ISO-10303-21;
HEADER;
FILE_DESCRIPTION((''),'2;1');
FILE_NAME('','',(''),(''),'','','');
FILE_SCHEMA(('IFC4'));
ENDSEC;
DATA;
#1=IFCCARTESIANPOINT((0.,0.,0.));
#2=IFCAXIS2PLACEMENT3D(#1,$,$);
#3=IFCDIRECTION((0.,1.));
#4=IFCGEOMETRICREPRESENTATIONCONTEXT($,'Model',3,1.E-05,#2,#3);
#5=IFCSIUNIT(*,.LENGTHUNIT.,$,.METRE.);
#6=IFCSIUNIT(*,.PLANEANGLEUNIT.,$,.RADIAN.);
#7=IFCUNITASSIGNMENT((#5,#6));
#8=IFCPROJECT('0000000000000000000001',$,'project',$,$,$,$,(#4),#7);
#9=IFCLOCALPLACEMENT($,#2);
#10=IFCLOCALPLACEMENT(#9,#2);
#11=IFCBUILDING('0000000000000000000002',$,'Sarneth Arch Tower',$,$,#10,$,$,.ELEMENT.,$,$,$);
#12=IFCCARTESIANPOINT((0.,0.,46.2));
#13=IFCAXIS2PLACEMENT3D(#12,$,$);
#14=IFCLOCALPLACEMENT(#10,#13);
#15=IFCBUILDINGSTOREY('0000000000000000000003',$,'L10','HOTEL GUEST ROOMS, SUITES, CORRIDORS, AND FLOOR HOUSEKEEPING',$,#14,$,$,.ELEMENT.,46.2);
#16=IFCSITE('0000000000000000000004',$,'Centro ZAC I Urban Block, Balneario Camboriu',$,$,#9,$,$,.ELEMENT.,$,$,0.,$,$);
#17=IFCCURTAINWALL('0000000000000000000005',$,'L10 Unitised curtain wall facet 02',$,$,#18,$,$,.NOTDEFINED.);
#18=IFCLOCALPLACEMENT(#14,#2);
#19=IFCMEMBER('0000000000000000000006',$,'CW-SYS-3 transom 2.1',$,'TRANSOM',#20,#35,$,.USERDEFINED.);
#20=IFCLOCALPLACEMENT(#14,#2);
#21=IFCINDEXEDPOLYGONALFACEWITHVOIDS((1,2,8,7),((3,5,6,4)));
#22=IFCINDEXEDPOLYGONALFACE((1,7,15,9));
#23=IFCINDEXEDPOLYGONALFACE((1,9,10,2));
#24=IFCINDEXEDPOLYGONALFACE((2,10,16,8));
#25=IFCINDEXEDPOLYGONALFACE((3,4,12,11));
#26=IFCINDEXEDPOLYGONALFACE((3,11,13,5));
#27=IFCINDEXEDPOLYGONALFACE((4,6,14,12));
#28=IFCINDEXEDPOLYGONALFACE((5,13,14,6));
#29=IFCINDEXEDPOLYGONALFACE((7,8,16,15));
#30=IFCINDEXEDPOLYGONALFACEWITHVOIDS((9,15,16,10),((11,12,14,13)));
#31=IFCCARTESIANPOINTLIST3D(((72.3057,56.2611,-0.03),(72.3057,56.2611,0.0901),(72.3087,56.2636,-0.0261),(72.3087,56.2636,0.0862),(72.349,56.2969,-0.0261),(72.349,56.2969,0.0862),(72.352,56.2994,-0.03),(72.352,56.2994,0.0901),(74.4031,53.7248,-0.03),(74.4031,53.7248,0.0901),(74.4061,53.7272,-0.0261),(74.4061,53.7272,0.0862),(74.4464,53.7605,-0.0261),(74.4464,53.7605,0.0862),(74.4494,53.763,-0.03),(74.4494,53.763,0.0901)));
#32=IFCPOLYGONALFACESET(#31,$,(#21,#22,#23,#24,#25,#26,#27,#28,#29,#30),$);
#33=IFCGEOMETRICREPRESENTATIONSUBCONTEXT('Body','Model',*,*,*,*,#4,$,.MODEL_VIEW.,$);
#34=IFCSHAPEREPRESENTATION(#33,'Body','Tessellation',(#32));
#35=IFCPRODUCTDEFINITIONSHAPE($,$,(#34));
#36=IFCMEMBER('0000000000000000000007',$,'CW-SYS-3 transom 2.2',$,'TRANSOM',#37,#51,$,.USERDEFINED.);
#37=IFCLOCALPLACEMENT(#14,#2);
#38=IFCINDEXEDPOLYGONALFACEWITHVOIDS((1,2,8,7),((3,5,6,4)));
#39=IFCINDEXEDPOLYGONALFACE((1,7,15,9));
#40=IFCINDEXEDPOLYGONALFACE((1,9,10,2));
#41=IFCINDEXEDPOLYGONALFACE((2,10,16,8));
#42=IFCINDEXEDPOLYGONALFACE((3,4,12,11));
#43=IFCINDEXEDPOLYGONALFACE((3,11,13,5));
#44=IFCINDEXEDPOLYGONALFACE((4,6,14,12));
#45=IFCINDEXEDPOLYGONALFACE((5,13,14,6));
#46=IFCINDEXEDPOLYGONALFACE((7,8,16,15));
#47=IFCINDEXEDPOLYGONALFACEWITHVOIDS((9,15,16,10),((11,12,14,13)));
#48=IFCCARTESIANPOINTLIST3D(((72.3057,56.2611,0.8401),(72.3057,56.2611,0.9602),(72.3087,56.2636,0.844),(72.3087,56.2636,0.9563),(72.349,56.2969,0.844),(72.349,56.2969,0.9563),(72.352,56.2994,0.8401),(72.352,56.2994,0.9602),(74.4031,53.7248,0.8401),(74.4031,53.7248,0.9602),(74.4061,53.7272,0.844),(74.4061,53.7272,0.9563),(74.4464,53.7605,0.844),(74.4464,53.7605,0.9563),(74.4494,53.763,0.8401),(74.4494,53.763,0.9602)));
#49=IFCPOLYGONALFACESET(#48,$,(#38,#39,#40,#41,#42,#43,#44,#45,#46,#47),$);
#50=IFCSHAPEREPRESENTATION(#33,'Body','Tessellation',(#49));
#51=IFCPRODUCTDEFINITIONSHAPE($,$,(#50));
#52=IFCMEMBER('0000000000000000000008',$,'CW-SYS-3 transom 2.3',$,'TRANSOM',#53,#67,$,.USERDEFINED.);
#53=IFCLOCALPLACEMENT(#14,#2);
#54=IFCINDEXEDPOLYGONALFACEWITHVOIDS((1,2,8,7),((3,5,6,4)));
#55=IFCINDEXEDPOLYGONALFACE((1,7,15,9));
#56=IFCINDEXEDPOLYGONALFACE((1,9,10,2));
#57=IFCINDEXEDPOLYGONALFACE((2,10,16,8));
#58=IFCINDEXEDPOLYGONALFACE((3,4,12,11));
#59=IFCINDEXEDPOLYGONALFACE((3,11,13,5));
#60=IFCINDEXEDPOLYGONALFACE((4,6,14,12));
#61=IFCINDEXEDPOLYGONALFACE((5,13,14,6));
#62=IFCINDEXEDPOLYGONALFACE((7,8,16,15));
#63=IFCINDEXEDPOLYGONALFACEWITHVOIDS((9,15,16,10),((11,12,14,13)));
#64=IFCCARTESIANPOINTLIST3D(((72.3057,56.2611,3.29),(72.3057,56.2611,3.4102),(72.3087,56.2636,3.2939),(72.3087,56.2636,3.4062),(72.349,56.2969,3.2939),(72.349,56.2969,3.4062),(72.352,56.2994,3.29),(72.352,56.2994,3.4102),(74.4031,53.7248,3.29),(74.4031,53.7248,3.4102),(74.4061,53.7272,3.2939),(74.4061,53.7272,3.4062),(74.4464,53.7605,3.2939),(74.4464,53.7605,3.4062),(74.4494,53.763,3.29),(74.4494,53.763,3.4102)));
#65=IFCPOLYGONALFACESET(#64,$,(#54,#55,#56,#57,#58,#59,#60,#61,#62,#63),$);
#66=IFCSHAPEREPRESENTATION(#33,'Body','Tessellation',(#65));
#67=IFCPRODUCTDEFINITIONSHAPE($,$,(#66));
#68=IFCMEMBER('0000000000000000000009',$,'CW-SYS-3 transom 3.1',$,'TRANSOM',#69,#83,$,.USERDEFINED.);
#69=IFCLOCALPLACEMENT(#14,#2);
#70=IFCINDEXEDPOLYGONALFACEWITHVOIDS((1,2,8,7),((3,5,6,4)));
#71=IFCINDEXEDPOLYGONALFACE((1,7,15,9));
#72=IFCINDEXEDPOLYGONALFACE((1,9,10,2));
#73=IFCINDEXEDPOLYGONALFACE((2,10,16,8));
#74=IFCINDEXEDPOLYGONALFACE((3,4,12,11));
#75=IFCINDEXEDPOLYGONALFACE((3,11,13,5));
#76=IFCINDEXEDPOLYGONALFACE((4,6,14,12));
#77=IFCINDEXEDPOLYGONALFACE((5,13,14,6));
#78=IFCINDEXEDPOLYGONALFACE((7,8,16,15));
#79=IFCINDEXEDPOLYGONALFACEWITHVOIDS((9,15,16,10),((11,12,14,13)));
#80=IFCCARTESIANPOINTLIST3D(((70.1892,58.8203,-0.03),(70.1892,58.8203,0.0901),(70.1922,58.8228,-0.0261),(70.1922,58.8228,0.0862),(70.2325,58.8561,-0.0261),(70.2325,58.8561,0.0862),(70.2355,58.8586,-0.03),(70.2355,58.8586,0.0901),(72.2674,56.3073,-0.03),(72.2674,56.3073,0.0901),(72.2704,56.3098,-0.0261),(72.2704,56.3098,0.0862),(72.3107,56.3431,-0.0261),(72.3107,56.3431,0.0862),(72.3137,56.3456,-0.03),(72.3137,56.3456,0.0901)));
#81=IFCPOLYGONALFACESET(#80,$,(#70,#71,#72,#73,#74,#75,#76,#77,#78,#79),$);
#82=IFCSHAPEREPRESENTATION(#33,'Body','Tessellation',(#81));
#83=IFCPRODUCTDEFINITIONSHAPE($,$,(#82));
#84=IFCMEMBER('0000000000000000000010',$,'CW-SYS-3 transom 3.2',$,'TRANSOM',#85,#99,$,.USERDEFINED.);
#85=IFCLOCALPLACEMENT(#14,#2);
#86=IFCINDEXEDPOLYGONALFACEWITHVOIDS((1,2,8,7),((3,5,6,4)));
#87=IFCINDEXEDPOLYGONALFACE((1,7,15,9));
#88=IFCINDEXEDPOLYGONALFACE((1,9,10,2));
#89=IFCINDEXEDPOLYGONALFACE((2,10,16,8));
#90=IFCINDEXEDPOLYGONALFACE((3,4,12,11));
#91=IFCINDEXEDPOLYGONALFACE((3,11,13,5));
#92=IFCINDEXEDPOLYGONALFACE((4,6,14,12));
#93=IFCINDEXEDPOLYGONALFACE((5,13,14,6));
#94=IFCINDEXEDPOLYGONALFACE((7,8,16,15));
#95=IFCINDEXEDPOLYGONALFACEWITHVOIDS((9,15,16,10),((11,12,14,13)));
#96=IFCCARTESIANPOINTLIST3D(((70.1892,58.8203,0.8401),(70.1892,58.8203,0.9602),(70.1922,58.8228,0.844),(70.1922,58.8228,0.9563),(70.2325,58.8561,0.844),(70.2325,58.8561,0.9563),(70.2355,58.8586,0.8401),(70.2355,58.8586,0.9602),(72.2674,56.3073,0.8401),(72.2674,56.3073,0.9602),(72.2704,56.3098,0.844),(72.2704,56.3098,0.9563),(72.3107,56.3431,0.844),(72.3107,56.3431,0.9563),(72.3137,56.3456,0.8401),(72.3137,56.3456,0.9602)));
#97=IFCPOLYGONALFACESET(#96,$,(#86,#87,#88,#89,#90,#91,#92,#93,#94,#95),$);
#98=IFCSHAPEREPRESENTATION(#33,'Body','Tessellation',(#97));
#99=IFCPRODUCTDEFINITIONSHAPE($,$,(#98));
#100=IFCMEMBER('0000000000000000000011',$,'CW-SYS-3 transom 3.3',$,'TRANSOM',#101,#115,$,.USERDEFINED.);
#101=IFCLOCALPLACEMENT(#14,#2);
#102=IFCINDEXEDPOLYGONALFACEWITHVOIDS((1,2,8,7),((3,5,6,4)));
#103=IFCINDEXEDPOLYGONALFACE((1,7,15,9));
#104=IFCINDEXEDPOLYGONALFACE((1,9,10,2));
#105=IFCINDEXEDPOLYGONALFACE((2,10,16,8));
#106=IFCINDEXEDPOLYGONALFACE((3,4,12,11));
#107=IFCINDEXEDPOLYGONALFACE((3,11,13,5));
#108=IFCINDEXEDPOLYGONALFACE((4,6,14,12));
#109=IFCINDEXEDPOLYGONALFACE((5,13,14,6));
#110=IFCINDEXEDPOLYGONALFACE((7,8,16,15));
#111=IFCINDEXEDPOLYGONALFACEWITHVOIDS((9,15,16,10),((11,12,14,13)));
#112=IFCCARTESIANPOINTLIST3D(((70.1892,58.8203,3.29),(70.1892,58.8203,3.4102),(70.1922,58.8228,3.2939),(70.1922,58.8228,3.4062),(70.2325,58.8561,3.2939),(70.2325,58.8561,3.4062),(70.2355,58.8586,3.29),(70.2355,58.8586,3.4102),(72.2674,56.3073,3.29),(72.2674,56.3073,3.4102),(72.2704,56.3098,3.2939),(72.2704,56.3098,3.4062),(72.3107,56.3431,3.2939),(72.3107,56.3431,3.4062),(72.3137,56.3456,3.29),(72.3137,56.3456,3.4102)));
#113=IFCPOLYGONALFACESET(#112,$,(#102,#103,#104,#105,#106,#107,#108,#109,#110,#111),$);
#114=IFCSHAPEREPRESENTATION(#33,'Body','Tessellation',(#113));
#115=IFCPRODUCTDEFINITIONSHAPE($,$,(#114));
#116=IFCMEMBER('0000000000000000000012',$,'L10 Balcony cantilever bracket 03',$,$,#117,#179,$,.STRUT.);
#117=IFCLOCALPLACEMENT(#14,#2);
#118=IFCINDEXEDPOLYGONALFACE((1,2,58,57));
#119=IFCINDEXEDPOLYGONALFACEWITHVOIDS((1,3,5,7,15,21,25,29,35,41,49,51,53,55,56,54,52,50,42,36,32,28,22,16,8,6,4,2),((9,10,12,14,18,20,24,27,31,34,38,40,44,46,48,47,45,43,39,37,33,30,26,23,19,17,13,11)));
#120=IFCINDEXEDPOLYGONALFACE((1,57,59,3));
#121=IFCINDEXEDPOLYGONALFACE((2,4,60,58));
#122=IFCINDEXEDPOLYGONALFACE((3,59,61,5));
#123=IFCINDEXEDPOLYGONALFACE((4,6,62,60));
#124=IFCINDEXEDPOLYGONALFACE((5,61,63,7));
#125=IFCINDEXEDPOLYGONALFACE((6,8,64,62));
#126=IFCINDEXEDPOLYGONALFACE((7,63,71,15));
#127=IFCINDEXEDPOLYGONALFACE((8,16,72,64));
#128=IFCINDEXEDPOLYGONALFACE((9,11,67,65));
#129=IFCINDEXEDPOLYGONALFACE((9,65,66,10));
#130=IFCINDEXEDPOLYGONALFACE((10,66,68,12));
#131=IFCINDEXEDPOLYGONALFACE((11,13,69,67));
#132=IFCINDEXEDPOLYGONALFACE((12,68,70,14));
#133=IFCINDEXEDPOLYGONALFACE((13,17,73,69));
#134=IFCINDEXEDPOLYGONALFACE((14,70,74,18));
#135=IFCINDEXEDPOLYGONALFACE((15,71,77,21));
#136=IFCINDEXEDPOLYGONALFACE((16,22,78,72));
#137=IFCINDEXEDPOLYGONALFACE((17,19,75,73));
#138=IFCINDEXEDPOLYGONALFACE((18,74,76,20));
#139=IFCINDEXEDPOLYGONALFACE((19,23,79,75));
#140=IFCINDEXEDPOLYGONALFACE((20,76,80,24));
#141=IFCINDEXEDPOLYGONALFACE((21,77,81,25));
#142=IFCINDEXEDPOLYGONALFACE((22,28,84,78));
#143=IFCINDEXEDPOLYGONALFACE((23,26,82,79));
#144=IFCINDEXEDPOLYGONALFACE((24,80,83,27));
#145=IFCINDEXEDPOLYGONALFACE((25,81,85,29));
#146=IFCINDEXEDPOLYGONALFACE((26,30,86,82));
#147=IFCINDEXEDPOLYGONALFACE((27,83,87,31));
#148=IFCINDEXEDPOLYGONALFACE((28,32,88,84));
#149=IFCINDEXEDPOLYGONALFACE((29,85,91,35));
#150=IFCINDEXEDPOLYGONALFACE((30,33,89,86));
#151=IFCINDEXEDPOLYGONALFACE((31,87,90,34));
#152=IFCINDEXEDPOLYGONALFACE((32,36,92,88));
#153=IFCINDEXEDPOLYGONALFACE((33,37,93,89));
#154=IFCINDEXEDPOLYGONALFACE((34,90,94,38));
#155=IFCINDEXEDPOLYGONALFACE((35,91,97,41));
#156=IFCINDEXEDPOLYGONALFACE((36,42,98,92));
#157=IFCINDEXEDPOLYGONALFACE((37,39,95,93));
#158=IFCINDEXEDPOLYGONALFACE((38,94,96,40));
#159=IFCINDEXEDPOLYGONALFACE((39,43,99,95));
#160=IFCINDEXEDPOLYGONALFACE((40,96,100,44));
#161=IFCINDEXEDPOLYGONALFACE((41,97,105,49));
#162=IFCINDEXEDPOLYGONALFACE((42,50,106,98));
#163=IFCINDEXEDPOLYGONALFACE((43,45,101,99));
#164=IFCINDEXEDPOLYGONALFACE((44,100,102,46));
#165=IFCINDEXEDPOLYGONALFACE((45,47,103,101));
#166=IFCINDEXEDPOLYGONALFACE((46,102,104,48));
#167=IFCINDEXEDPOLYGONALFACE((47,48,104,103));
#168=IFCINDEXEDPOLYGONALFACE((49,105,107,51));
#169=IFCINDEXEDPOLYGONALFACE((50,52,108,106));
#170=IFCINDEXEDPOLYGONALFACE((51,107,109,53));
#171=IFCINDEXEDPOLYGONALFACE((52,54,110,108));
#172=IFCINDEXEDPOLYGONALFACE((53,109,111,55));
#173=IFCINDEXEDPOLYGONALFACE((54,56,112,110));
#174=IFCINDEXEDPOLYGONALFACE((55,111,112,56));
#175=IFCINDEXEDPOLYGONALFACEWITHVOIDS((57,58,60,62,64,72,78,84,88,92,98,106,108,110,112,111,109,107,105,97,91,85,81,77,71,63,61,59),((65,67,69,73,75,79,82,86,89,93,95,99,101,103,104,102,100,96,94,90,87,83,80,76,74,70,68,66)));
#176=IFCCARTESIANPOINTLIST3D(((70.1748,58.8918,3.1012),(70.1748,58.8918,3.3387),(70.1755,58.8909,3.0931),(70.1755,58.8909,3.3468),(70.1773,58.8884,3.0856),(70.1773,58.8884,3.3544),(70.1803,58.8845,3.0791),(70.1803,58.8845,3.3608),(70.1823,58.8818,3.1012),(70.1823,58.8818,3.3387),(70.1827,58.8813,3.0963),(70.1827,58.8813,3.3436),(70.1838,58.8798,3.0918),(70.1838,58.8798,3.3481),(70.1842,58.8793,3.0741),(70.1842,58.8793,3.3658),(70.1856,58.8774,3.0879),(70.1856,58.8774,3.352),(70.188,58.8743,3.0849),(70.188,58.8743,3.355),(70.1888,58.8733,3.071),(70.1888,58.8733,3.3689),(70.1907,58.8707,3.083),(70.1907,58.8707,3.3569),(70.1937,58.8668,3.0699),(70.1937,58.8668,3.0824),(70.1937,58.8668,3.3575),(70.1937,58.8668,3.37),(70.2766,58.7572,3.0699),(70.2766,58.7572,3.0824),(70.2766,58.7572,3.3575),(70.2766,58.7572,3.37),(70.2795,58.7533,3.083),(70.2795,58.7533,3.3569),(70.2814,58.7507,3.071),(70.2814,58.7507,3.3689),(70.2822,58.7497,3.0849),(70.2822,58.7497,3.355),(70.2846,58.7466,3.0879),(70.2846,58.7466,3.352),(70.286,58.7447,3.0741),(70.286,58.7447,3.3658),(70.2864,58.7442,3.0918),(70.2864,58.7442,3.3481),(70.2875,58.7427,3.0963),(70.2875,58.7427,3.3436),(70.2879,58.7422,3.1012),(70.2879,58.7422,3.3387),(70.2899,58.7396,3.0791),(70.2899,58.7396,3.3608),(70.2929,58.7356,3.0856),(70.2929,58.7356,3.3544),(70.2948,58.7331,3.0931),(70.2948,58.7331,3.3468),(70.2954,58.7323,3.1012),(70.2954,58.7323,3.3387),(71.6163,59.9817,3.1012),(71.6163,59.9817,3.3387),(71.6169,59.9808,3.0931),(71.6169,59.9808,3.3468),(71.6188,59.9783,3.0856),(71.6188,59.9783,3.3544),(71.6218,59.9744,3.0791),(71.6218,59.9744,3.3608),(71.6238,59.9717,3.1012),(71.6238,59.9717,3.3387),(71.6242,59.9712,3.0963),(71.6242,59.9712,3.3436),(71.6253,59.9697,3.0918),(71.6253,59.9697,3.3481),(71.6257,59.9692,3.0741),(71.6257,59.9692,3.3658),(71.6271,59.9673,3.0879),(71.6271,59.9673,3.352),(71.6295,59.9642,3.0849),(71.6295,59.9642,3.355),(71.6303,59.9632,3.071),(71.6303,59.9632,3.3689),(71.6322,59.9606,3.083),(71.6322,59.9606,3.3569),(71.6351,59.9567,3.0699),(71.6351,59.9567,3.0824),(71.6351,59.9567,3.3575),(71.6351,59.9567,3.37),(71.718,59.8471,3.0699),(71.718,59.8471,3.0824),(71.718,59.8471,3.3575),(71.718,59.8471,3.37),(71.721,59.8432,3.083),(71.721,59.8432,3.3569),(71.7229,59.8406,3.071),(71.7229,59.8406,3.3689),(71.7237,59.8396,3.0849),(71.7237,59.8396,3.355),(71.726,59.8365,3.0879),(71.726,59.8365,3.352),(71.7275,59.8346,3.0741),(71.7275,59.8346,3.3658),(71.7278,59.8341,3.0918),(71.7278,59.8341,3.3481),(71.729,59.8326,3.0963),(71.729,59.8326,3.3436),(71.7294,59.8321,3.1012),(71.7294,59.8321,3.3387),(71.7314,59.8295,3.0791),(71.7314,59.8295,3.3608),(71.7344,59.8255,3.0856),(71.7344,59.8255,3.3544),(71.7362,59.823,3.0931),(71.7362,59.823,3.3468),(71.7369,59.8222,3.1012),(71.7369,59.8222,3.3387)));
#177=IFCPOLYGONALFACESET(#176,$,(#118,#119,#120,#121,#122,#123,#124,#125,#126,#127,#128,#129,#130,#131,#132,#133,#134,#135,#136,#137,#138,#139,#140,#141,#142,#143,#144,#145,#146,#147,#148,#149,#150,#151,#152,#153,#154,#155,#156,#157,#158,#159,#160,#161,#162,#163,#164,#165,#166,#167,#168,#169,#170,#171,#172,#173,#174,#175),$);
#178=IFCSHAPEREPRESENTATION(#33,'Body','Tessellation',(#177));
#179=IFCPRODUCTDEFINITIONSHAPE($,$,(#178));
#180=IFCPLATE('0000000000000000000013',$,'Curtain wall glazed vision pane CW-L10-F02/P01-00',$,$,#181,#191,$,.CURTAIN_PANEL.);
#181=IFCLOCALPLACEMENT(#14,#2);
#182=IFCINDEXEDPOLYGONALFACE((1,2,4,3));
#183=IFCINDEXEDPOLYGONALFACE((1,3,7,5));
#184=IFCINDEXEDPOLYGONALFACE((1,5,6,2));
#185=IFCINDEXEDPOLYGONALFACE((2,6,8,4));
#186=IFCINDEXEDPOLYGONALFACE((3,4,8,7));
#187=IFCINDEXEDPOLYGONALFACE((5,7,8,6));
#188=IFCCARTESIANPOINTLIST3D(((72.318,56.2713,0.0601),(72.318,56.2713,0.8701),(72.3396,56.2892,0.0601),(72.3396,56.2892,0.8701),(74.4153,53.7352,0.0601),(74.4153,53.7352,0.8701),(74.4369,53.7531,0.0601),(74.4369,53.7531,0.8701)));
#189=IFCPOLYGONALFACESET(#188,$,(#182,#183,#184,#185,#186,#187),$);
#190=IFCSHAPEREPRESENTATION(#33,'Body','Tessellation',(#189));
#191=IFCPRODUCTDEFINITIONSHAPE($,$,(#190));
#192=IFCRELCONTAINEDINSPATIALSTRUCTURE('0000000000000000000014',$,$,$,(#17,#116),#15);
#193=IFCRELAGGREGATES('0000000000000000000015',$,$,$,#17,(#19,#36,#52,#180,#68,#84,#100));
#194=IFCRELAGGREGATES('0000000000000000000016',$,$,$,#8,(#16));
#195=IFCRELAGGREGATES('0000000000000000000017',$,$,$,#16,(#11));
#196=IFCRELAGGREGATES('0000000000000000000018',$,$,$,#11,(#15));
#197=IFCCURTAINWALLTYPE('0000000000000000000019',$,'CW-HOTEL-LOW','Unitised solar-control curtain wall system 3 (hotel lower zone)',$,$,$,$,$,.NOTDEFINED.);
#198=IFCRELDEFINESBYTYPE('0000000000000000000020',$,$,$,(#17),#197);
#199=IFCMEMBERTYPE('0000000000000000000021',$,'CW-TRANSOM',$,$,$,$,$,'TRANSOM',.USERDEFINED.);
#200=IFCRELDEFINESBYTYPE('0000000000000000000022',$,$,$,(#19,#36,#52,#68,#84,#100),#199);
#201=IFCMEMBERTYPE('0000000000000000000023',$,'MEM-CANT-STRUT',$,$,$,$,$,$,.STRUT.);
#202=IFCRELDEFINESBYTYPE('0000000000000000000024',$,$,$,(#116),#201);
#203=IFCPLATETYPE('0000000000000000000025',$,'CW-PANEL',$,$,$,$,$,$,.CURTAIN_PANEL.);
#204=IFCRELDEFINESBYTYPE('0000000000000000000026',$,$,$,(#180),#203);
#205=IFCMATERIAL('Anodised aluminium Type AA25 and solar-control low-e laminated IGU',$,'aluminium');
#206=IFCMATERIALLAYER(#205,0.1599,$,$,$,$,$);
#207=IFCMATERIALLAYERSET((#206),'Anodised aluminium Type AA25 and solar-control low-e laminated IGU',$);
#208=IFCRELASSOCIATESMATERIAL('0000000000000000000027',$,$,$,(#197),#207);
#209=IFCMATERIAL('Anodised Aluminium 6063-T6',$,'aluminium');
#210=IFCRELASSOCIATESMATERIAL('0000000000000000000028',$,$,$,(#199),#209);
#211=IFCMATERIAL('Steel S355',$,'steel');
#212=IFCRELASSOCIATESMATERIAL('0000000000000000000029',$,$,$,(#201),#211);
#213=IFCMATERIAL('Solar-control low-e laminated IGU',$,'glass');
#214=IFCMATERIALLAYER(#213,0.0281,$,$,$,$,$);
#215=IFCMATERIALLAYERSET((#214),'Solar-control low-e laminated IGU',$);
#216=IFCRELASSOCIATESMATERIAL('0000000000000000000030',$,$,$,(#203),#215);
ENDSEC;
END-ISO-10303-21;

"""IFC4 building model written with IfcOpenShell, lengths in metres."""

from ifc_helpers import new_model, si_unit, direction, frame, origin, origin_2d, place, context, subcontext, project, spatial, rectangle, hollow_rectangle, extrude, material, layer, layer_set, material_profile, profile_set, type_object, element, aggregate, save


model = new_model("IFC4")

# Units and contexts
model_context = context("Model", 3, precision=1e-05, world=origin(), true_north=direction((0.0, 1.0)))
body_context = subcontext(model_context, "Body", "Model", "MODEL_VIEW")
ifc_project = project(units=[si_unit("LENGTHUNIT", "METRE"), si_unit("PLANEANGLEUNIT", "RADIAN")], contexts=[model_context])

# Site, building, storey
site_placement = place(None, origin())
site = spatial("IfcSite", under=ifc_project, at=site_placement, Name="Centro ZAC I Urban Block, Balneario Camboriu", CompositionType="ELEMENT", RefElevation=0.0)
building_placement = place(site_placement, origin())
building = spatial("IfcBuilding", under=site, at=building_placement, Name="Sarneth Arch Tower", CompositionType="ELEMENT")
storey_placement = place(building_placement, frame((0.0, 0.0, 46.2)))
storey = spatial("IfcBuildingStorey", under=building, at=storey_placement, Name="L10", Description="HOTEL GUEST ROOMS, SUITES, CORRIDORS, AND FLOOR HOUSEKEEPING", CompositionType="ELEMENT", Elevation=46.2)

# Curtain wall, members
ifc_material_1 = material(Name="Anodised aluminium Type AA25 and solar-control low-e laminated IGU", Category="aluminium")
ifc_layer_1 = layer(ifc_material_1, 0.1599)
ifc_layer_set_1 = layer_set([ifc_layer_1], Name="Anodised aluminium Type AA25 and solar-control low-e laminated IGU")
curtain_wall_type = type_object("IfcCurtainWallType", Name="CW-HOTEL-LOW", Description="Unitised solar-control curtain wall system 3 (hotel lower zone)", PredefinedType="NOTDEFINED", material=ifc_layer_set_1)
curtain_wall_placement = place(storey_placement, origin())
curtain_wall = element("IfcCurtainWall", 1, at=curtain_wall_placement, inside=storey, type_object=curtain_wall_type, Name="L10 Unitised curtain wall facet 02", PredefinedType="NOTDEFINED")
ifc_material_2 = material(Name="Anodised Aluminium 6063-T6", Category="aluminium")
ifc_material_profile_1 = material_profile(ifc_material_2, hollow_rectangle(XDim=0.0601, YDim=0.1201, WallThickness=0.0039, at=origin_2d()), Name="AL-TRAN-120x60x4")
ifc_profile_set_1 = profile_set([ifc_material_profile_1], Name="Anodised Aluminium 6063-T6")
member_type_1 = type_object("IfcMemberType", Name="CW-TRANSOM", ElementType="TRANSOM", PredefinedType="USERDEFINED", material=ifc_profile_set_1)
member_1_placement = place(storey_placement, frame((74.4263, 53.7439, 0.03), z_axis=(-0.637269, 0.770642, 0.0), x_axis=(-0.770642, -0.637269, 0.0)))
member_1 = element("IfcMember", 2, at=member_1_placement, type_object=member_type_1, Name="CW-SYS-3 transom 2.1", ObjectType="TRANSOM", PredefinedType="USERDEFINED", context=body_context, shape_type="SweptSolid", body=[
    extrude(hollow_rectangle(XDim=0.0601, YDim=0.1201, WallThickness=0.0039, at=origin_2d()), origin(), (0.0, 0.0, 1.0), 3.2913),
])
member_2_placement = place(storey_placement, frame((74.4263, 53.7439, 0.9001), z_axis=(-0.637269, 0.770642, 0.0), x_axis=(-0.770642, -0.637269, 0.0)))
member_2 = element("IfcMember", 3, at=member_2_placement, type_object=member_type_1, Name="CW-SYS-3 transom 2.2", ObjectType="TRANSOM", PredefinedType="USERDEFINED", context=body_context, shape_type="SweptSolid", body=[
    extrude(hollow_rectangle(XDim=0.0601, YDim=0.1201, WallThickness=0.0039, at=origin_2d()), origin(), (0.0, 0.0, 1.0), 3.2913),
])
member_3_placement = place(storey_placement, frame((74.4263, 53.7439, 3.3501), z_axis=(-0.637269, 0.770642, 0.0), x_axis=(-0.770642, -0.637269, 0.0)))
member_3 = element("IfcMember", 4, at=member_3_placement, type_object=member_type_1, Name="CW-SYS-3 transom 2.3", ObjectType="TRANSOM", PredefinedType="USERDEFINED", context=body_context, shape_type="SweptSolid", body=[
    extrude(hollow_rectangle(XDim=0.0601, YDim=0.1201, WallThickness=0.0039, at=origin_2d()), origin(), (0.0, 0.0, 1.0), 3.2913),
])
member_4_placement = place(storey_placement, frame((72.2905, 56.3264, 0.03), z_axis=(-0.637286, 0.770628, 0.0), x_axis=(-0.770628, -0.637286, 0.0)))
member_4 = element("IfcMember", 5, at=member_4_placement, type_object=member_type_1, Name="CW-SYS-3 transom 3.1", ObjectType="TRANSOM", PredefinedType="USERDEFINED", context=body_context, shape_type="SweptSolid", body=[
    extrude(hollow_rectangle(XDim=0.0601, YDim=0.1201, WallThickness=0.0039, at=origin_2d()), origin(), (0.0, 0.0, 1.0), 3.261),
])
member_5_placement = place(storey_placement, frame((72.2905, 56.3264, 0.9001), z_axis=(-0.637286, 0.770628, 0.0), x_axis=(-0.770628, -0.637286, 0.0)))
member_5 = element("IfcMember", 6, at=member_5_placement, type_object=member_type_1, Name="CW-SYS-3 transom 3.2", ObjectType="TRANSOM", PredefinedType="USERDEFINED", context=body_context, shape_type="SweptSolid", body=[
    extrude(hollow_rectangle(XDim=0.0601, YDim=0.1201, WallThickness=0.0039, at=origin_2d()), origin(), (0.0, 0.0, 1.0), 3.261),
])
member_6_placement = place(storey_placement, frame((72.2905, 56.3264, 3.3501), z_axis=(-0.637286, 0.770628, 0.0), x_axis=(-0.770628, -0.637286, 0.0)))
member_6 = element("IfcMember", 7, at=member_6_placement, type_object=member_type_1, Name="CW-SYS-3 transom 3.3", ObjectType="TRANSOM", PredefinedType="USERDEFINED", context=body_context, shape_type="SweptSolid", body=[
    extrude(hollow_rectangle(XDim=0.0601, YDim=0.1201, WallThickness=0.0039, at=origin_2d()), origin(), (0.0, 0.0, 1.0), 3.261),
])

# Member
ifc_material_3 = material(Name="Steel S355", Category="steel")
ifc_material_profile_2 = material_profile(ifc_material_3, hollow_rectangle(XDim=0.2, YDim=0.3, WallThickness=0.0125, InnerFilletRadius=0.0188, OuterFilletRadius=0.0312, at=origin_2d()), Name="RHS300x200x12.5")
ifc_profile_set_2 = profile_set([ifc_material_profile_2], Name="Steel S355")
member_type_2 = type_object("IfcMemberType", Name="MEM-CANT-STRUT", PredefinedType="STRUT", material=ifc_profile_set_2)
member_7_placement = place(storey_placement, frame((70.2351, 58.812, 3.22), z_axis=(0.797659, 0.603108, 0.0), x_axis=(-0.603108, 0.797659, 0.0)))
element("IfcMember", 8, at=member_7_placement, inside=storey, type_object=member_type_2, Name="L10 Balcony cantilever bracket 03", PredefinedType="STRUT", context=body_context, shape_type="SweptSolid", body=[
    extrude(hollow_rectangle(XDim=0.2, YDim=0.3, WallThickness=0.0125, InnerFilletRadius=0.0188, OuterFilletRadius=0.0312, at=origin_2d()), origin(), (0.0, 0.0, 1.0), 1.8071),
])

# Plate
ifc_material_4 = material(Name="Solar-control low-e laminated IGU", Category="glass")
ifc_layer_2 = layer(ifc_material_4, 0.0281)
ifc_layer_set_2 = layer_set([ifc_layer_2], Name="Solar-control low-e laminated IGU")
plate_type_1 = type_object("IfcPlateType", Name="CW-PANEL", PredefinedType="CURTAIN_PANEL", material=ifc_layer_set_2)
plate_1_placement = place(storey_placement, frame((73.3774, 55.0122, 0.0601), z_axis=(0.0, 0.0, 1.0), x_axis=(-0.637291, 0.770623, 0.0)))
plate_1 = element("IfcPlate", 9, at=plate_1_placement, type_object=plate_type_1, Name="Curtain wall glazed vision pane CW-L10-F02/P01-00", PredefinedType="CURTAIN_PANEL", context=body_context, shape_type="SweptSolid", body=[
    extrude(rectangle(XDim=3.291, YDim=0.0281, at=origin_2d()), origin(), (0.0, 0.0, 1.0), 0.8101),
])
aggregate(curtain_wall, [member_1, member_2, member_3, plate_1, member_4, member_5, member_6])

save(model, "model.ifc")
